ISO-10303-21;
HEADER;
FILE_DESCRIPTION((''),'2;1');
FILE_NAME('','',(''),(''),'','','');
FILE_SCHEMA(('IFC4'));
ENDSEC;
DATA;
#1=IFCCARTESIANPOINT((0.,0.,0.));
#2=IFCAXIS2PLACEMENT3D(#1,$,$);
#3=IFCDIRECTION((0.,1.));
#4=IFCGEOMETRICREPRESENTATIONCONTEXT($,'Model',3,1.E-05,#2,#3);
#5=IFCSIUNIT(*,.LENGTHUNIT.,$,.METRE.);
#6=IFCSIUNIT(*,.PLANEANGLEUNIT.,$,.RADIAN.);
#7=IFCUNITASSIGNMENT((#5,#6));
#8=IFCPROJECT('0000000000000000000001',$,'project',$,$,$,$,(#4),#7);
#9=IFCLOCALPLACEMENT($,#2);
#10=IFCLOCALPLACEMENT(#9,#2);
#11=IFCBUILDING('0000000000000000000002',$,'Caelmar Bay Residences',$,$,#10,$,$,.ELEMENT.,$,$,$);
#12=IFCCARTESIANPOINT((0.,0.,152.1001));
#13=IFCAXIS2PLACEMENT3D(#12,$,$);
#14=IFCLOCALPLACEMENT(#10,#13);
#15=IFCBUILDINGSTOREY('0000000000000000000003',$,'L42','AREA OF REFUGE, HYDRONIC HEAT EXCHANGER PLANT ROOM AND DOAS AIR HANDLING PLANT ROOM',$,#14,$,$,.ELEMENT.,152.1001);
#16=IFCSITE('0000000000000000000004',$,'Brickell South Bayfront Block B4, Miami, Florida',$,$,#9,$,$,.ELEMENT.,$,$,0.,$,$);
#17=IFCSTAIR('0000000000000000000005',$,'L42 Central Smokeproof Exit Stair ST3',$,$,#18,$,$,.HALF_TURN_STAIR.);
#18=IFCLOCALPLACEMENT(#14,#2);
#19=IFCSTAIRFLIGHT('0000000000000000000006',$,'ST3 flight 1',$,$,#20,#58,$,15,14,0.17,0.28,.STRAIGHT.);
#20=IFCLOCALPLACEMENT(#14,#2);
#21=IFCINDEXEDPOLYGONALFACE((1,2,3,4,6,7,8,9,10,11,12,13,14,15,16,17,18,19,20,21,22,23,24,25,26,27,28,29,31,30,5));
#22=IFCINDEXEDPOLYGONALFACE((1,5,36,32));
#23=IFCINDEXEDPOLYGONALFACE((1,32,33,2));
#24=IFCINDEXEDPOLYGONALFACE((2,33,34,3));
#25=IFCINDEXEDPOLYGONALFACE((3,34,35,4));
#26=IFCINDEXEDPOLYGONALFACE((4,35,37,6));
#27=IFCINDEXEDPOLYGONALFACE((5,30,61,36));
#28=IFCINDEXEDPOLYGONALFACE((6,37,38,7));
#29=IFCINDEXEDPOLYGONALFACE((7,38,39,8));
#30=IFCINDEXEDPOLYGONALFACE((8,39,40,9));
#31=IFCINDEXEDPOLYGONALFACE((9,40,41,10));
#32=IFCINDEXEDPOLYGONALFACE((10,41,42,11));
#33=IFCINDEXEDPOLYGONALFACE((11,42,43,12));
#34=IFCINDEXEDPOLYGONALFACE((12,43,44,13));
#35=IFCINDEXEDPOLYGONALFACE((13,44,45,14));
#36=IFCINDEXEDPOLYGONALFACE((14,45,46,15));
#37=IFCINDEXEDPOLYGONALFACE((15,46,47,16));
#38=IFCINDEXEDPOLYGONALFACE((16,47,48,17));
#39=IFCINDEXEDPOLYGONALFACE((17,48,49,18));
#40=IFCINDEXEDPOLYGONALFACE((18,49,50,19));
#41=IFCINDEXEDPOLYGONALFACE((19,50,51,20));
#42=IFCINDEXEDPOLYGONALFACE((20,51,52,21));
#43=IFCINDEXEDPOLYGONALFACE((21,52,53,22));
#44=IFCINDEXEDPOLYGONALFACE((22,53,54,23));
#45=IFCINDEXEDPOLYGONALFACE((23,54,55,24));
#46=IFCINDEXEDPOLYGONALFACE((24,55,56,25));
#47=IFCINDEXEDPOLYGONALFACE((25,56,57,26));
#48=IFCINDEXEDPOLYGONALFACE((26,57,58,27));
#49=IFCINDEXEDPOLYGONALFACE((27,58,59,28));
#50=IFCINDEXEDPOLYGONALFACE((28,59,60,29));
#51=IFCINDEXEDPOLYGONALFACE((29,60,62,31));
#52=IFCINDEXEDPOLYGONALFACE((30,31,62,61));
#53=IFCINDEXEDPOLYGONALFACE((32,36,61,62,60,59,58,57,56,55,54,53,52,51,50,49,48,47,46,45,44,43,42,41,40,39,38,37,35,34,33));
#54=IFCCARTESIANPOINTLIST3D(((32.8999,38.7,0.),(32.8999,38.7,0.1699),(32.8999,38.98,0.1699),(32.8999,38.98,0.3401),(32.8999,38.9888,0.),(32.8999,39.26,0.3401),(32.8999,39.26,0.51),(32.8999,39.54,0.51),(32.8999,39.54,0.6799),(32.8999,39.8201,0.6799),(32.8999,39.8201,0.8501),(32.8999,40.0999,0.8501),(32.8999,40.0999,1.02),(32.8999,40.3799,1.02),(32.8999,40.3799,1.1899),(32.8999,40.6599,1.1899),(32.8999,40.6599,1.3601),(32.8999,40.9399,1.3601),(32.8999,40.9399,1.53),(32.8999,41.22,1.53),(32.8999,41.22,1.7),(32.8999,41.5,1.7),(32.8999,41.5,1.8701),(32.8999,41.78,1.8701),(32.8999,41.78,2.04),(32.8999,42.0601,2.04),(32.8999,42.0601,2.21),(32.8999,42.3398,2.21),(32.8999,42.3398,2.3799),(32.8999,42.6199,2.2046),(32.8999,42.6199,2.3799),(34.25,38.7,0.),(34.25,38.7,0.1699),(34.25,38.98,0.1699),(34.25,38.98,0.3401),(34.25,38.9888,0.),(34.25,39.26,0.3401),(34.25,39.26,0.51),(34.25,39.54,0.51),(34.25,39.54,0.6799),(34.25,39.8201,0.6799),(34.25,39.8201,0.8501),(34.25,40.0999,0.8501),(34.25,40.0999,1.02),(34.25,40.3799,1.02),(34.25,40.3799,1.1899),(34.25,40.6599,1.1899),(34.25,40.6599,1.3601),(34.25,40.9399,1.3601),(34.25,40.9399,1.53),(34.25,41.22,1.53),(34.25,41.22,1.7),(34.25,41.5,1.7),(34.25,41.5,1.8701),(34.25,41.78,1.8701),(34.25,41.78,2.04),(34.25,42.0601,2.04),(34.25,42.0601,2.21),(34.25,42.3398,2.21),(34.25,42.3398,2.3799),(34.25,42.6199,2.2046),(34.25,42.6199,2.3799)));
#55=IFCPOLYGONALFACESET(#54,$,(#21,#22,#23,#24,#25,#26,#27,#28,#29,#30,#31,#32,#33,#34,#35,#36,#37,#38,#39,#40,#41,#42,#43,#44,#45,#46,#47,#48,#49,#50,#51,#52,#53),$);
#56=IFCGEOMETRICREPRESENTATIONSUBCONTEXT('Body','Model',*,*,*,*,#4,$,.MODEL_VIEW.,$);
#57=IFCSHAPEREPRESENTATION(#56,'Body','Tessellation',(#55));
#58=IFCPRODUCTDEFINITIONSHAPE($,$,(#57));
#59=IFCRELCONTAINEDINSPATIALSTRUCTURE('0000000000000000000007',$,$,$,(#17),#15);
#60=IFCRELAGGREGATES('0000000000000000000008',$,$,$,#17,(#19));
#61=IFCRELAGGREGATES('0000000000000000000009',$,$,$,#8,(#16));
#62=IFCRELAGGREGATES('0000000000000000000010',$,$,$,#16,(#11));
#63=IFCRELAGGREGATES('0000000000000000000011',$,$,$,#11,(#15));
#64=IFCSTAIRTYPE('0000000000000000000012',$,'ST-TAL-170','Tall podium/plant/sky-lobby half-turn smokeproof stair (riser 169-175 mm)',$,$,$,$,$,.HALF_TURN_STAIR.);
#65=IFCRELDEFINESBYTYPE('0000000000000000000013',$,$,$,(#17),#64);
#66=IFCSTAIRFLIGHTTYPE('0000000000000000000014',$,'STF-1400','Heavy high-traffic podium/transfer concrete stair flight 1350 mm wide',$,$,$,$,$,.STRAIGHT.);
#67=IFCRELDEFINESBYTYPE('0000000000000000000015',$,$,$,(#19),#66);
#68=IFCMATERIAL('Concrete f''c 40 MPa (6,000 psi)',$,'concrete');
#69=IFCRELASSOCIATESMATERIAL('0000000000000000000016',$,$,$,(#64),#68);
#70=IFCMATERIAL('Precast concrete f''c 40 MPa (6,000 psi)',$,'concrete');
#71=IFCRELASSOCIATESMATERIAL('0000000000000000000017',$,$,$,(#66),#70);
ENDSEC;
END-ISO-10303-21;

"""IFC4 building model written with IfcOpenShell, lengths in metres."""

from ifc_helpers import new_model, si_unit, direction, frame, origin, place, context, subcontext, project, spatial, polyline, outline, extrude, material, type_object, element, aggregate, save


model = new_model("IFC4")

# Units and contexts
model_context = context("Model", 3, precision=1e-05, world=origin(), true_north=direction((0.0, 1.0)))
body_context = subcontext(model_context, "Body", "Model", "MODEL_VIEW")
ifc_project = project(units=[si_unit("LENGTHUNIT", "METRE"), si_unit("PLANEANGLEUNIT", "RADIAN")], contexts=[model_context])

# Site, building, storey
site_placement = place(None, origin())
site = spatial("IfcSite", under=ifc_project, at=site_placement, Name="Brickell South Bayfront Block B4, Miami, Florida", CompositionType="ELEMENT", RefElevation=0.0)
building_placement = place(site_placement, origin())
building = spatial("IfcBuilding", under=site, at=building_placement, Name="Caelmar Bay Residences", CompositionType="ELEMENT")
storey_placement = place(building_placement, frame((0.0, 0.0, 152.1001)))
storey = spatial("IfcBuildingStorey", under=building, at=storey_placement, Name="L42", Description="AREA OF REFUGE, HYDRONIC HEAT EXCHANGER PLANT ROOM AND DOAS AIR HANDLING PLANT ROOM", CompositionType="ELEMENT", Elevation=152.1001)

# Stair, stair flight
ifc_material_1 = material(Name="Concrete f'c 40 MPa (6,000 psi)", Category="concrete")
stair_type = type_object("IfcStairType", Name="ST-TAL-170", Description="Tall podium/plant/sky-lobby half-turn smokeproof stair (riser 169-175 mm)", PredefinedType="HALF_TURN_STAIR", material=ifc_material_1)
ifc_material_2 = material(Name="Precast concrete f'c 40 MPa (6,000 psi)", Category="concrete")
stair_flight_type = type_object("IfcStairFlightType", Name="STF-1400", Description="Heavy high-traffic podium/transfer concrete stair flight 1350 mm wide", PredefinedType="STRAIGHT", material=ifc_material_2)
stair_1_placement = place(storey_placement, origin())
stair_1 = element("IfcStair", 1, at=stair_1_placement, inside=storey, type_object=stair_type, Name="L42 Central Smokeproof Exit Stair ST3", PredefinedType="HALF_TURN_STAIR")
stair_flight_1_placement = place(storey_placement, frame((33.575, 38.7, 0.0), z_axis=(0.0, 0.0, 1.0), x_axis=(0.0, 1.0, 0.0)))
stair_flight_1 = element("IfcStairFlight", 2, at=stair_flight_1_placement, type_object=stair_flight_type, Name="ST3 flight 1", NumberOfRisers=15, NumberOfTreads=14, PredefinedType="STRAIGHT", RiserHeight=0.17, TreadLength=0.28, context=body_context, shape_type="SweptSolid", body=[
    extrude(outline(polyline([(0.0, 0.0), (0.0, 0.1699), (0.28, 0.1699), (0.28, 0.3401), (0.5601, 0.3401), (0.5601, 0.51), (0.8401, 0.51), (0.8401, 0.6799), (1.1201, 0.6799), (1.1201, 0.8501), (1.3999, 0.8501), (1.3999, 1.02), (1.6799, 1.02), (1.6799, 1.1899), (1.96, 1.1899), (1.96, 1.3601), (2.24, 1.3601), (2.24, 1.53), (2.52, 1.53), (2.52, 1.7), (2.8, 1.7), (2.8, 1.8701), (3.0801, 1.8701), (3.0801, 2.04), (3.3601, 2.04), (3.3601, 2.21), (3.6399, 2.21), (3.6399, 2.3799), (3.9199, 2.3799), (3.9199, 2.55), (3.9199, 2.2046), (0.2888, 0.0), (0.0, 0.0)])), frame((0.0, 0.675, 0.0), z_axis=(0.0, -1.0, 0.0), x_axis=(1.0, 0.0, 0.0)), (0.0, 0.0, 1.0), 1.3501),
])
aggregate(stair_1, [stair_flight_1])

save(model, "model.ifc")
